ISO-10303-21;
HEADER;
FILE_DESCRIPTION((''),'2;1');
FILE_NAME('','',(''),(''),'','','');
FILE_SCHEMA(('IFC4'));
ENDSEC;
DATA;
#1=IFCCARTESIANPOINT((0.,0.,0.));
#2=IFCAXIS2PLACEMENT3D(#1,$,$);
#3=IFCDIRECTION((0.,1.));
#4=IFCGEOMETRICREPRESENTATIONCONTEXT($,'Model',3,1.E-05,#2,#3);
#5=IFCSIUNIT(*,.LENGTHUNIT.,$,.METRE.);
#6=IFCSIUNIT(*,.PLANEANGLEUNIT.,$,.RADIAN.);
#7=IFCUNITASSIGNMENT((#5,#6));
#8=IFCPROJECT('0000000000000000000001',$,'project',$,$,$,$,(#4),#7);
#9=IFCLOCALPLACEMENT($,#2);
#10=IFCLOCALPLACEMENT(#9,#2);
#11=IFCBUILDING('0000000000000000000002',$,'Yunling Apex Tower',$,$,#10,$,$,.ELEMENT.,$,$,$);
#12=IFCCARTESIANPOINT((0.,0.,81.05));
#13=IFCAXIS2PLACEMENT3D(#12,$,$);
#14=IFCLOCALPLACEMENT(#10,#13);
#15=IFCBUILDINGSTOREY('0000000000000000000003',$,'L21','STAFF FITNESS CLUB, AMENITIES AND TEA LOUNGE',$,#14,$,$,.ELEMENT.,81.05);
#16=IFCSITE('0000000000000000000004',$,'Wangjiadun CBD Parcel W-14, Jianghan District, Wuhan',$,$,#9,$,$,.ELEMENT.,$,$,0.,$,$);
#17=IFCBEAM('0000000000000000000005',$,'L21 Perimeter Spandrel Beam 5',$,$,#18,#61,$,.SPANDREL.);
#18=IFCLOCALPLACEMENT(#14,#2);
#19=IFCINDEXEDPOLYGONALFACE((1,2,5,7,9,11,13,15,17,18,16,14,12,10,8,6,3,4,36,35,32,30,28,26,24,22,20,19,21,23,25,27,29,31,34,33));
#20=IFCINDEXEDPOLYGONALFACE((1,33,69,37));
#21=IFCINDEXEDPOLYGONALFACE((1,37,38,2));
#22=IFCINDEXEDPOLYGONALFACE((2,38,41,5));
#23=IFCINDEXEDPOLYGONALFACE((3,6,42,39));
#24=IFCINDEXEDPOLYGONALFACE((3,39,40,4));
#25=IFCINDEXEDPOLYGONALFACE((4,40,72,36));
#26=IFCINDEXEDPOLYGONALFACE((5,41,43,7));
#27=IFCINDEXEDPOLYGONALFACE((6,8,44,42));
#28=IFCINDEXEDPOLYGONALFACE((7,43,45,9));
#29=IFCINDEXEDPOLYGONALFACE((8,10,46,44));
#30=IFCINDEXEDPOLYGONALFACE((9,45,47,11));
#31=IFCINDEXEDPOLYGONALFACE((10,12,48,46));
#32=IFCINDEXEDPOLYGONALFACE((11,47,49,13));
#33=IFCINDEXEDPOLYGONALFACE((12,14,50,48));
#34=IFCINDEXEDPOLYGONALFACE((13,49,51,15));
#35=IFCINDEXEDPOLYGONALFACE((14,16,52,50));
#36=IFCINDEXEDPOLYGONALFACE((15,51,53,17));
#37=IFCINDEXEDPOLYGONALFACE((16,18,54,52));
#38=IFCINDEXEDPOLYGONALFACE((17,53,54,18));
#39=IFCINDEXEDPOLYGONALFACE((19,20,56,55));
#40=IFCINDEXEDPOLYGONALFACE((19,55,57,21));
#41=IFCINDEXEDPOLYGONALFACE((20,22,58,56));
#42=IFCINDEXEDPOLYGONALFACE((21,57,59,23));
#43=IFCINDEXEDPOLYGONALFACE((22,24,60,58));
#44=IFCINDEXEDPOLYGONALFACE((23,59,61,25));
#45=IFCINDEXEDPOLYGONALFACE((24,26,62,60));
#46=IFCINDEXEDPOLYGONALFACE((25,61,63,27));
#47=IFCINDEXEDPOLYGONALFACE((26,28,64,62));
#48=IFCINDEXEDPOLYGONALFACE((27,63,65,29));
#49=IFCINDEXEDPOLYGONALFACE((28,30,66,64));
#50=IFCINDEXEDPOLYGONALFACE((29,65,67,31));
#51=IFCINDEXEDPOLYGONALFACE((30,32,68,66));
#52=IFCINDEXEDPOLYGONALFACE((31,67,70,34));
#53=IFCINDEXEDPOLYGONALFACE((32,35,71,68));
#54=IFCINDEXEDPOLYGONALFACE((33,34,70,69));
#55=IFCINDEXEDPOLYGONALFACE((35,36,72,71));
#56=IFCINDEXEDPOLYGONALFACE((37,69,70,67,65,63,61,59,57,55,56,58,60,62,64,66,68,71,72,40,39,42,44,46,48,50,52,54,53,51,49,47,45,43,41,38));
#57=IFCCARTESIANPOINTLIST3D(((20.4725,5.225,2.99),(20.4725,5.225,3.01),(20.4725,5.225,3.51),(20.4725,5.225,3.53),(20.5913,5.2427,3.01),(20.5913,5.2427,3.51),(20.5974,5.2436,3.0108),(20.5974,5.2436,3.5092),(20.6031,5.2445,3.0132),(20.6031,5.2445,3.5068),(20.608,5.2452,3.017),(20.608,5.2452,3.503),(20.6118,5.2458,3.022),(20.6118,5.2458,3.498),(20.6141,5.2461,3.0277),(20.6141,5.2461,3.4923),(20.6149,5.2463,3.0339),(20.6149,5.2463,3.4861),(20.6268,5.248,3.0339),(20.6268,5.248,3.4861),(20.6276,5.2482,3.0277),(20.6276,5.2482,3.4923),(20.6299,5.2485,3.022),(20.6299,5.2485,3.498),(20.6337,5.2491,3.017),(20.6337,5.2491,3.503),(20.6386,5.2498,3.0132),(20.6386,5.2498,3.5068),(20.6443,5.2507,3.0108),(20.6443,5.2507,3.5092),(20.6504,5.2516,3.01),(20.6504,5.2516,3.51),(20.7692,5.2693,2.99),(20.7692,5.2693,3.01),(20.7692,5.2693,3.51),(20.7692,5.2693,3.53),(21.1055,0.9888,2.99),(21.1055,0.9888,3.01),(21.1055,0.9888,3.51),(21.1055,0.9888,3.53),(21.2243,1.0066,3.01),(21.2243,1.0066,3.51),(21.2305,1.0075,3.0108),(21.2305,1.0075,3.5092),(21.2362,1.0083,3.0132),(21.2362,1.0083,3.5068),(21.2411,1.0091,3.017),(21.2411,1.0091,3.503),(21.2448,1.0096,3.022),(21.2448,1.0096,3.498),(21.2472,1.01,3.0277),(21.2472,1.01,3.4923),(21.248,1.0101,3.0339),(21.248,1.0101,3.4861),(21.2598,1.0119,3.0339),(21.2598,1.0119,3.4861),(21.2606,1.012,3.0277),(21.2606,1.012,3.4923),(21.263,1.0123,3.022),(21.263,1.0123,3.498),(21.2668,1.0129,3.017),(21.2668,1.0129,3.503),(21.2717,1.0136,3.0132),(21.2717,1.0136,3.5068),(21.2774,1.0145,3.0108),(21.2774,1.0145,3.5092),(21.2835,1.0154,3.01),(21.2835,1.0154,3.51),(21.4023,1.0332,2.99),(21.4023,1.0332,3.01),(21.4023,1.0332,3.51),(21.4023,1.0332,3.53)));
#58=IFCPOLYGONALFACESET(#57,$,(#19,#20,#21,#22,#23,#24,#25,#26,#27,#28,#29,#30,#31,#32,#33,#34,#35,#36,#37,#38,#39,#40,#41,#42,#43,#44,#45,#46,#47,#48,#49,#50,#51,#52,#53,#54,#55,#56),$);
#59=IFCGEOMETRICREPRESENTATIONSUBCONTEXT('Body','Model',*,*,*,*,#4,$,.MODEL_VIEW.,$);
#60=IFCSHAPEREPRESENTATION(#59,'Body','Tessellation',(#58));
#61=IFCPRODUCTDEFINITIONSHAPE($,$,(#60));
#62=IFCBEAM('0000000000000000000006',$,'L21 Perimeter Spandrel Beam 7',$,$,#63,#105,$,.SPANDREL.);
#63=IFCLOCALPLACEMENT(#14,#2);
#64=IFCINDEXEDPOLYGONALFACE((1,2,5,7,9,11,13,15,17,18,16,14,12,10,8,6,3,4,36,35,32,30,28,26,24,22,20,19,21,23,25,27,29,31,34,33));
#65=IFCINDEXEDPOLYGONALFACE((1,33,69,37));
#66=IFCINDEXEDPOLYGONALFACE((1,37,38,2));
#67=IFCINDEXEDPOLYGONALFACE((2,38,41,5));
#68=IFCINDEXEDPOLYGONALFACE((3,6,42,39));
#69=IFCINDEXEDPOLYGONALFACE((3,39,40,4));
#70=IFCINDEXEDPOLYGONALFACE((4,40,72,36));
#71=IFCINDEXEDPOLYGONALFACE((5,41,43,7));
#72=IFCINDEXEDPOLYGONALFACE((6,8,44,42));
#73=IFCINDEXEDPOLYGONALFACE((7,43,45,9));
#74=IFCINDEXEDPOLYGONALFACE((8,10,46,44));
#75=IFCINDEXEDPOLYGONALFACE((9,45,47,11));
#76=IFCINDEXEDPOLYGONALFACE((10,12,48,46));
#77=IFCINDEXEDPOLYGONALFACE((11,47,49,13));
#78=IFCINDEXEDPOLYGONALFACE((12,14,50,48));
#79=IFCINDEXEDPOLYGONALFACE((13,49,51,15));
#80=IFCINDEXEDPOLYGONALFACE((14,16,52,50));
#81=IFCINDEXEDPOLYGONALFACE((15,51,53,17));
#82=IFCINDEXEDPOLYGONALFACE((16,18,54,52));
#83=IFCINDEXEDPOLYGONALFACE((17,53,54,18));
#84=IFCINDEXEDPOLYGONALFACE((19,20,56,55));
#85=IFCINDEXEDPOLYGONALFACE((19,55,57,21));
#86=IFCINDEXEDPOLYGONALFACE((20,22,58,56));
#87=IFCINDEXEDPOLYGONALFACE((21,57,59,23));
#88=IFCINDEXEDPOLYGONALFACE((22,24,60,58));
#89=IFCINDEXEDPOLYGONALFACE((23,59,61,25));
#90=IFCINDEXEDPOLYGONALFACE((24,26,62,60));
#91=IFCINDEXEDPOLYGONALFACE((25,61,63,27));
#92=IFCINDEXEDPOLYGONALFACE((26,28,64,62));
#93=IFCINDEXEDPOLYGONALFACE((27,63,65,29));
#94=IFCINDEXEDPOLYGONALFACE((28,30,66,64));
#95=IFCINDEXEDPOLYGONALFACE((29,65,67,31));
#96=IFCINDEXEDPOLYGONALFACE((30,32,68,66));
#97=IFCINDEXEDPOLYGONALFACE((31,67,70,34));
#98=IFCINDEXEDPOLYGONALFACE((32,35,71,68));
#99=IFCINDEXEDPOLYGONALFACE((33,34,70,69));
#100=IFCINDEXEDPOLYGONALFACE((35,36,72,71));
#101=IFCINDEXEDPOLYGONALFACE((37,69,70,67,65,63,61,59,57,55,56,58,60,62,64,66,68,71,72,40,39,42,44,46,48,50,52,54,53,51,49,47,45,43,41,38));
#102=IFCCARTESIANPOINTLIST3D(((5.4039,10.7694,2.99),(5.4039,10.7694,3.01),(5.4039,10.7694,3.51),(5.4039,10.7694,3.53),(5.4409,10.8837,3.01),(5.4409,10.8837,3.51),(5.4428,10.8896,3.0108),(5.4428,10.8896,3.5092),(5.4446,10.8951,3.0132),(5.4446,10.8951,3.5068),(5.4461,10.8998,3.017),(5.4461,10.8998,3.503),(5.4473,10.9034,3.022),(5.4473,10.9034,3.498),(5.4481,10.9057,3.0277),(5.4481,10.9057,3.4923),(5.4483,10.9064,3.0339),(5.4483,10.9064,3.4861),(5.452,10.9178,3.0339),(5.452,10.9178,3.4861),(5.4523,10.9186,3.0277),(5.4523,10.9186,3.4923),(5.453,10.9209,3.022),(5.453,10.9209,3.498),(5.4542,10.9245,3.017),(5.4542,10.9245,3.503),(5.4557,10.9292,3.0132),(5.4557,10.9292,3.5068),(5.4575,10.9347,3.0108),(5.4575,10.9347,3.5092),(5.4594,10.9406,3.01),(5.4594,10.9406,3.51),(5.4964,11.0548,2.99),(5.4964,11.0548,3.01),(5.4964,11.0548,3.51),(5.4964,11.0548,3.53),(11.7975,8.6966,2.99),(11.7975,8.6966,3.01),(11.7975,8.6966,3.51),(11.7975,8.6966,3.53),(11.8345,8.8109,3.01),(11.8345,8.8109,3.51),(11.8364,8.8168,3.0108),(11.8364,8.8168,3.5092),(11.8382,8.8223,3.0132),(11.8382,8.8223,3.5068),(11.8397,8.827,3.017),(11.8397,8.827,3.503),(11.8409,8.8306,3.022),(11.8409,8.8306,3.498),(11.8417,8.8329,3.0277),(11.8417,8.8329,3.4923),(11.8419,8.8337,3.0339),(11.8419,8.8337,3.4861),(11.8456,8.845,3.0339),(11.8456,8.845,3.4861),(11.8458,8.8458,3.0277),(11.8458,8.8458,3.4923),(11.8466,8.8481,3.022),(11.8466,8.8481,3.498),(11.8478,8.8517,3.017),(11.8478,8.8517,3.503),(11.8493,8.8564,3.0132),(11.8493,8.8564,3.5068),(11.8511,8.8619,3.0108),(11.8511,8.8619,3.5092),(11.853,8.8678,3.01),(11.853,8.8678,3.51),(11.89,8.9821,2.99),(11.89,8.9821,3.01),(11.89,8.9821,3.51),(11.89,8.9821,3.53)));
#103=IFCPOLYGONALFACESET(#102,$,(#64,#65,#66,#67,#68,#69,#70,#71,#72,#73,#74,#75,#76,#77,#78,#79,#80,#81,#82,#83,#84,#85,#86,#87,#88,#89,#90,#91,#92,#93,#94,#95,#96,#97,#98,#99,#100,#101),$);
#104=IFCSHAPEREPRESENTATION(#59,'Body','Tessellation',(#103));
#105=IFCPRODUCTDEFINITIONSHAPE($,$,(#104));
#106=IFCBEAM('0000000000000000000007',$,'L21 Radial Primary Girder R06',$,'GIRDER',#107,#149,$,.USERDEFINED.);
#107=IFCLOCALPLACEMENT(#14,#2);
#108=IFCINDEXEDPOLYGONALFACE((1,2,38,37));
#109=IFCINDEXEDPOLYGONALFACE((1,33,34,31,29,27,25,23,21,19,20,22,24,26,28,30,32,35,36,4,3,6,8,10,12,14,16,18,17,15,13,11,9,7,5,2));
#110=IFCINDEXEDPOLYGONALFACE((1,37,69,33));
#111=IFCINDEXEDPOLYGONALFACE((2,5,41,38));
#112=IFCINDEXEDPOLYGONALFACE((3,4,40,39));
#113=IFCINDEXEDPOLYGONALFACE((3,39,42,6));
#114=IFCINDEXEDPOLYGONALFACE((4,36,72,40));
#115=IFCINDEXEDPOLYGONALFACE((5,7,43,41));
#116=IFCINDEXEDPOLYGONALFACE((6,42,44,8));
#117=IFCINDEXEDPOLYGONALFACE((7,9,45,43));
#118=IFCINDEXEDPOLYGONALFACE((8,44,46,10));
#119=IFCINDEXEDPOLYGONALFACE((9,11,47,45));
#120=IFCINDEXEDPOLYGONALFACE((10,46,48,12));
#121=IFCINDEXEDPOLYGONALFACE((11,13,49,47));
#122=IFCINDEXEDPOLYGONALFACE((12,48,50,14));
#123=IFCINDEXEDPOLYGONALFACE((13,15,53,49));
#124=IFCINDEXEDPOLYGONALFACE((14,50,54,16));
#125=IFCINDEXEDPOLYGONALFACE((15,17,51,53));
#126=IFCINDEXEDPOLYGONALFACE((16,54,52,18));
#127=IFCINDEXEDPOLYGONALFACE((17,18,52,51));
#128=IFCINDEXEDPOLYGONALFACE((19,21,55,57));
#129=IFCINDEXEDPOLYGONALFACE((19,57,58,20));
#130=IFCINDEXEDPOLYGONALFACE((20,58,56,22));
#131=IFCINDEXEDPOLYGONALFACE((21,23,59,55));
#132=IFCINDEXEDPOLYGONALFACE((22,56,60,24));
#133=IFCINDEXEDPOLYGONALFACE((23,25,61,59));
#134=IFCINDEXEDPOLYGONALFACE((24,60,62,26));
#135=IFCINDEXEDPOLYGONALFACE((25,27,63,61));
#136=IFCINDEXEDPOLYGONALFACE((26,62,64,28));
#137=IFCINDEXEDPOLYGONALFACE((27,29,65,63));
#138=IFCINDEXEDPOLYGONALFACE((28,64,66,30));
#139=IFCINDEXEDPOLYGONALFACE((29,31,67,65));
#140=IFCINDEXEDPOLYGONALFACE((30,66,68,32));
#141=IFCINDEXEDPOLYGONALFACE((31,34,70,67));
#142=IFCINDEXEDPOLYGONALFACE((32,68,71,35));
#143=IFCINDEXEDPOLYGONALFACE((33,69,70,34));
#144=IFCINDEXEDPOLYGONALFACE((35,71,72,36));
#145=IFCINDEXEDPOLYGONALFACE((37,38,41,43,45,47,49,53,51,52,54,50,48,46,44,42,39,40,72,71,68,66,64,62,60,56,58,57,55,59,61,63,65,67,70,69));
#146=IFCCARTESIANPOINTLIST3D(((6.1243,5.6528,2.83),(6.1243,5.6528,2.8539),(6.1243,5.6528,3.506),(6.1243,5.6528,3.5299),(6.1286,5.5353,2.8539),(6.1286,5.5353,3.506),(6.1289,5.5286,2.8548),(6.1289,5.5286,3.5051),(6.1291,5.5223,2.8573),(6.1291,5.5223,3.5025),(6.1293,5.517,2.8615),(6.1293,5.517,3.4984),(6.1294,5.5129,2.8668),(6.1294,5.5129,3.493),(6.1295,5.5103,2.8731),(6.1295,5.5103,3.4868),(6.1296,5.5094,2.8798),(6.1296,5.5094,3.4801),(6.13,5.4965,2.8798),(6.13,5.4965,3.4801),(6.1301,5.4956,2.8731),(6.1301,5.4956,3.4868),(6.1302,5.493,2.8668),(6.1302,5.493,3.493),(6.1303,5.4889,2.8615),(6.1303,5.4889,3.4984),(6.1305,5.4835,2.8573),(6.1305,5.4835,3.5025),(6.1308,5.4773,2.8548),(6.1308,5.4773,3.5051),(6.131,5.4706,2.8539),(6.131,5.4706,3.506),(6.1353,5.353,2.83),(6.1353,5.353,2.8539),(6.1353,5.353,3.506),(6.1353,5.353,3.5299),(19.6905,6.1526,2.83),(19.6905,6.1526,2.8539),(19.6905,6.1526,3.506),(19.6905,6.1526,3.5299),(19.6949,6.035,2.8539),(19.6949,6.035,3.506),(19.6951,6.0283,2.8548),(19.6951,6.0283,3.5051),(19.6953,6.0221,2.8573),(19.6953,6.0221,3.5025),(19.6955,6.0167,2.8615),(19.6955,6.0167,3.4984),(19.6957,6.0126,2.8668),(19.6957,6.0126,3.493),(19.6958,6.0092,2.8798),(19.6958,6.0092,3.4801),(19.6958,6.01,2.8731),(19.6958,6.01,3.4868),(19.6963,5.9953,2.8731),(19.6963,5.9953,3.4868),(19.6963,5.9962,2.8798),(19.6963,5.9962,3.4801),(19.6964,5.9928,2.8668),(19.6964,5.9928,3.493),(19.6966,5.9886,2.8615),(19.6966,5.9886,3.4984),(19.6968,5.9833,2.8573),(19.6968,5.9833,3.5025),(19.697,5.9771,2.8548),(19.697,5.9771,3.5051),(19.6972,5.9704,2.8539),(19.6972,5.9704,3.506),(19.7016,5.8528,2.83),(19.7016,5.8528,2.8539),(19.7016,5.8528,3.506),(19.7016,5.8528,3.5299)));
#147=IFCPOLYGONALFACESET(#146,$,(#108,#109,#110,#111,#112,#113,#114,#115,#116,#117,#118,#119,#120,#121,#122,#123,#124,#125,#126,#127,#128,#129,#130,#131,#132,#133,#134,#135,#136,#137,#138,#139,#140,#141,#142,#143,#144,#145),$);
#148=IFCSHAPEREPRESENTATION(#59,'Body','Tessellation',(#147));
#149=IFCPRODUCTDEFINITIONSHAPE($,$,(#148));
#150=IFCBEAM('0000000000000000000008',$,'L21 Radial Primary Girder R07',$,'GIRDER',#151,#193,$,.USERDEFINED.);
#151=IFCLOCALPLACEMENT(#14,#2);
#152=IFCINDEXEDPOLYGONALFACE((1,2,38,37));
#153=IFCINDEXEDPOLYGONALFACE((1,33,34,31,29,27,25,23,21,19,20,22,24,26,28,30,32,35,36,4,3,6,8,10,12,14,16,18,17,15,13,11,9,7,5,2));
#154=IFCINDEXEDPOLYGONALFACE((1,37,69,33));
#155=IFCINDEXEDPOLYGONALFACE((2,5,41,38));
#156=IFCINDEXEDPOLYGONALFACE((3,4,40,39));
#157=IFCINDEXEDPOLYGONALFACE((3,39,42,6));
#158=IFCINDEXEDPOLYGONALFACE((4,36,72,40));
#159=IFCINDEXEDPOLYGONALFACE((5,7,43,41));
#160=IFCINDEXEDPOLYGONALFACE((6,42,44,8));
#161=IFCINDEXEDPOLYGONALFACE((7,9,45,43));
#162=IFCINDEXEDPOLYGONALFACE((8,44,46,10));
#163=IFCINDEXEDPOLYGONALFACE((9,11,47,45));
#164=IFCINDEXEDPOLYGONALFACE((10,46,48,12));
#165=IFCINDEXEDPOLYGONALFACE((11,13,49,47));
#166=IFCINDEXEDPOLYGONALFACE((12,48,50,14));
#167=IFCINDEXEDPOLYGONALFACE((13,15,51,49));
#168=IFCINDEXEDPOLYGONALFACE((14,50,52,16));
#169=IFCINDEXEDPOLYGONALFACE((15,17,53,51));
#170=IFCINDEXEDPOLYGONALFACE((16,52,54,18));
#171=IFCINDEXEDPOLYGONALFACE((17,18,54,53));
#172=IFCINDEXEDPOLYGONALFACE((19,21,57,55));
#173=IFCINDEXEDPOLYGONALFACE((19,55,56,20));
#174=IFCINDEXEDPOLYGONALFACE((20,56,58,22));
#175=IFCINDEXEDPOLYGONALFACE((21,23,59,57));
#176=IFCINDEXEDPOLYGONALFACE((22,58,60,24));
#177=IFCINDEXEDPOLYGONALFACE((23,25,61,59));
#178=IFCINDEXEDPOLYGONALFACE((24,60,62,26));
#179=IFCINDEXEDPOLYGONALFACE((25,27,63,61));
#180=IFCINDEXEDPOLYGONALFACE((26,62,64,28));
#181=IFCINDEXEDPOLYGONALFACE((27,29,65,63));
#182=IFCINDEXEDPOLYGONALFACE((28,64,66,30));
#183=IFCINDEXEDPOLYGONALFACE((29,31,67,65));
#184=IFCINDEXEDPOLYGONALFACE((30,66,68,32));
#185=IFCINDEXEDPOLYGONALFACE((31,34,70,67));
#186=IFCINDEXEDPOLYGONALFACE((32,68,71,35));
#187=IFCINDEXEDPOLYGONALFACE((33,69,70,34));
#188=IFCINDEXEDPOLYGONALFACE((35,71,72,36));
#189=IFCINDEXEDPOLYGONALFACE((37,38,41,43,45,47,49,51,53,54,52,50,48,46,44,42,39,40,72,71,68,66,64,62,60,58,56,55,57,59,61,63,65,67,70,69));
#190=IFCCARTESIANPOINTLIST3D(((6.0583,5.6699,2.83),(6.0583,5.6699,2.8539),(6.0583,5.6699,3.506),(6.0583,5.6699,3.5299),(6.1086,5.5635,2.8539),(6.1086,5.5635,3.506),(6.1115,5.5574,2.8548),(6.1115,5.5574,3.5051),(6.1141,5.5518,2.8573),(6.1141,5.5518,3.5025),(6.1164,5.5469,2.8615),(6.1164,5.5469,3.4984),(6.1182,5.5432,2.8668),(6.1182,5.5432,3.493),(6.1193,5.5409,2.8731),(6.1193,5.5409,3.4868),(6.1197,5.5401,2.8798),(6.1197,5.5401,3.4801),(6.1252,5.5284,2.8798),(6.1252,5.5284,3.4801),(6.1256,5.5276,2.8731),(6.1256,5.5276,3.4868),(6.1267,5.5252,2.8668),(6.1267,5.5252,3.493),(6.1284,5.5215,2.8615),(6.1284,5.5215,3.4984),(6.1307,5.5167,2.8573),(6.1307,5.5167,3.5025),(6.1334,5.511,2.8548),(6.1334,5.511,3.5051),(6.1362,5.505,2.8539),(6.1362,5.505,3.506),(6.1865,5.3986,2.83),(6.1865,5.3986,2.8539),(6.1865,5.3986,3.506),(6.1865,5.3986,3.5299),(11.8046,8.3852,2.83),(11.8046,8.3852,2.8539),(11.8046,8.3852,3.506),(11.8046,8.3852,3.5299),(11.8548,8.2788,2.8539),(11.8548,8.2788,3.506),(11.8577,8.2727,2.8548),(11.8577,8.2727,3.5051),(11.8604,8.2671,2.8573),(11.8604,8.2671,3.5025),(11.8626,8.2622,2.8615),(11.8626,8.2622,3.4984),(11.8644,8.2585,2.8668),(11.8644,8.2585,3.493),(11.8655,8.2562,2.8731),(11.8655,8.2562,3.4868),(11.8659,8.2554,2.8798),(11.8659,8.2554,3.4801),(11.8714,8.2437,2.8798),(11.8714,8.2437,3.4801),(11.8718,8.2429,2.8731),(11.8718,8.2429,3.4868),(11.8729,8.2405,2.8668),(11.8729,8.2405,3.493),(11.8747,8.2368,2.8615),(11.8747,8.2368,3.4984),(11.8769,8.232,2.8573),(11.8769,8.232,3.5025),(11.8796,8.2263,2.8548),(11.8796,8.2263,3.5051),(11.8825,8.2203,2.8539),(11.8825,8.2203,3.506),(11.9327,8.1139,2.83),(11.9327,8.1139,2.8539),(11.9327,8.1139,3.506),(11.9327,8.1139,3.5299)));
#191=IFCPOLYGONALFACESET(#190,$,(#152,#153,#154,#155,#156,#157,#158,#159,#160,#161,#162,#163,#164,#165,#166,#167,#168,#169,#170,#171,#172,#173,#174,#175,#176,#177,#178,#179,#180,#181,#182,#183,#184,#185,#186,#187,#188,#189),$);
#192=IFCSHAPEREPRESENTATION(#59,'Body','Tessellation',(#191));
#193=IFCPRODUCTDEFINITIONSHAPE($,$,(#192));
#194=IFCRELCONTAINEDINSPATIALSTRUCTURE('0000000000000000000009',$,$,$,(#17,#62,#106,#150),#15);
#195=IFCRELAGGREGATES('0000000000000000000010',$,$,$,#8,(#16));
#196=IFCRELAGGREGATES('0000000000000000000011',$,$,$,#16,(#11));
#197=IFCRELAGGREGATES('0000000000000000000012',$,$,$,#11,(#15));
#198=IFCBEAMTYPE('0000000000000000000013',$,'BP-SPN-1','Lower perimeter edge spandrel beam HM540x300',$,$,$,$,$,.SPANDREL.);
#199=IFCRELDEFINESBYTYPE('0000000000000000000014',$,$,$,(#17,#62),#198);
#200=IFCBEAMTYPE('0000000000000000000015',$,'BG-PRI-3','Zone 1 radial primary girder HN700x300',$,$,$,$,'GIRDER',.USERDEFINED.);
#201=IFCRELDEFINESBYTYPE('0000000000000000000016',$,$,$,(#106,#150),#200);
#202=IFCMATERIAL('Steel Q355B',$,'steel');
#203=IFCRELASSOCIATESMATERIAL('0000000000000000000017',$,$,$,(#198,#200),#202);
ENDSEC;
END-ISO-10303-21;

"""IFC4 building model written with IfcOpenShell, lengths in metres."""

from ifc_helpers import new_model, si_unit, direction, frame, origin, origin_2d, place, context, subcontext, project, spatial, i_section, extrude, source, transform, mapped, material, material_profile, profile_set, type_object, element, save


model = new_model("IFC4")

# Units and contexts
model_context = context("Model", 3, precision=1e-05, world=origin(), true_north=direction((0.0, 1.0)))
body_context = subcontext(model_context, "Body", "Model", "MODEL_VIEW")
ifc_project = project(units=[si_unit("LENGTHUNIT", "METRE"), si_unit("PLANEANGLEUNIT", "RADIAN")], contexts=[model_context])

# Site, building, storey
site_placement = place(None, origin())
site = spatial("IfcSite", under=ifc_project, at=site_placement, Name="Wangjiadun CBD Parcel W-14, Jianghan District, Wuhan", CompositionType="ELEMENT", RefElevation=0.0)
building_placement = place(site_placement, origin())
building = spatial("IfcBuilding", under=site, at=building_placement, Name="Yunling Apex Tower", CompositionType="ELEMENT")
storey_placement = place(building_placement, frame((0.0, 0.0, 81.05)))
storey = spatial("IfcBuildingStorey", under=building, at=storey_placement, Name="L21", Description="STAFF FITNESS CLUB, AMENITIES AND TEA LOUNGE", CompositionType="ELEMENT", Elevation=81.05)

# Beams
ifc_material_1 = material(Name="Steel Q355B", Category="steel")
ifc_material_profile_1 = material_profile(ifc_material_1, i_section(OverallWidth=0.3, OverallDepth=0.54, WebThickness=0.012, FlangeThickness=0.02, FilletRadius=0.0239, at=origin_2d()))
ifc_profile_set_1 = profile_set([ifc_material_profile_1], Name="Steel Q355B")
beam_type_1 = type_object("IfcBeamType", Name="BP-SPN-1", Description="Lower perimeter edge spandrel beam HM540x300", PredefinedType="SPANDREL", material=ifc_profile_set_1)
shared_shape_1 = source(origin(), body_context, "Body", "SweptSolid", [
    extrude(i_section(OverallWidth=0.3, OverallDepth=0.54, WebThickness=0.012, FlangeThickness=0.02, FilletRadius=0.0239, at=origin_2d()), origin(), (0.0, 0.0, 1.0), 4.2832),
])
beam_1_placement = place(storey_placement, frame((21.2539, 1.011, 3.26), z_axis=(-0.147802, 0.989017, 0.0), x_axis=(-0.989017, -0.147802, 0.0)))
element("IfcBeam", 1, at=beam_1_placement, inside=storey, type_object=beam_type_1, Name="L21 Perimeter Spandrel Beam 5", PredefinedType="SPANDREL", context=body_context, shape_type="MappedRepresentation", body=[
    mapped(shared_shape_1, transform((0.0, 0.0, 0.0), scale=1.0)),
])
shared_shape_2 = source(origin(), body_context, "Body", "SweptSolid", [
    extrude(i_section(OverallWidth=0.3, OverallDepth=0.54, WebThickness=0.012, FlangeThickness=0.02, FilletRadius=0.0239, at=origin_2d()), origin(), (0.0, 0.0, 1.0), 6.7212),
])
beam_2_placement = place(storey_placement, frame((11.8438, 8.8394, 3.26), z_axis=(-0.951259, 0.308393, 0.0), x_axis=(-0.308393, -0.951259, 0.0)))
element("IfcBeam", 2, at=beam_2_placement, inside=storey, type_object=beam_type_1, Name="L21 Perimeter Spandrel Beam 7", PredefinedType="SPANDREL", context=body_context, shape_type="MappedRepresentation", body=[
    mapped(shared_shape_2, transform((0.0, 0.0, 0.0), scale=1.0)),
])
ifc_material_profile_2 = material_profile(ifc_material_1, i_section(OverallWidth=0.3, OverallDepth=0.7, WebThickness=0.0129, FlangeThickness=0.0239, FilletRadius=0.0259, at=origin_2d()))
ifc_profile_set_2 = profile_set([ifc_material_profile_2], Name="Steel Q355B")
beam_type_2 = type_object("IfcBeamType", Name="BG-PRI-3", Description="Zone 1 radial primary girder HN700x300", ElementType="GIRDER", PredefinedType="USERDEFINED", material=ifc_profile_set_2)
shared_shape_3 = source(origin(), body_context, "Body", "SweptSolid", [
    extrude(i_section(OverallWidth=0.3, OverallDepth=0.7, WebThickness=0.0129, FlangeThickness=0.0239, FilletRadius=0.0259, at=origin_2d()), origin(), (0.0, 0.0, 1.0), 13.5754),
])
beam_3_placement = place(storey_placement, frame((19.696, 6.0027, 3.1799), z_axis=(-0.999322, -0.036813, 0.0), x_axis=(0.036813, -0.999322, 0.0)))
element("IfcBeam", 3, at=beam_3_placement, inside=storey, type_object=beam_type_2, Name="L21 Radial Primary Girder R06", ObjectType="GIRDER", PredefinedType="USERDEFINED", context=body_context, shape_type="MappedRepresentation", body=[
    mapped(shared_shape_3, transform((0.0, 0.0, 0.0), scale=1.0)),
])
shared_shape_4 = source(origin(), body_context, "Body", "SweptSolid", [
    extrude(i_section(OverallWidth=0.3, OverallDepth=0.7, WebThickness=0.0129, FlangeThickness=0.0239, FilletRadius=0.0259, at=origin_2d()), origin(), (0.0, 0.0, 1.0), 6.3555),
])
beam_4_placement = place(storey_placement, frame((11.8687, 8.2495, 3.1799), z_axis=(-0.90414, -0.427236, 0.0), x_axis=(0.427236, -0.90414, 0.0)))
element("IfcBeam", 4, at=beam_4_placement, inside=storey, type_object=beam_type_2, Name="L21 Radial Primary Girder R07", ObjectType="GIRDER", PredefinedType="USERDEFINED", context=body_context, shape_type="MappedRepresentation", body=[
    mapped(shared_shape_4, transform((0.0, 0.0, 0.0), scale=1.0)),
])

save(model, "model.ifc")
